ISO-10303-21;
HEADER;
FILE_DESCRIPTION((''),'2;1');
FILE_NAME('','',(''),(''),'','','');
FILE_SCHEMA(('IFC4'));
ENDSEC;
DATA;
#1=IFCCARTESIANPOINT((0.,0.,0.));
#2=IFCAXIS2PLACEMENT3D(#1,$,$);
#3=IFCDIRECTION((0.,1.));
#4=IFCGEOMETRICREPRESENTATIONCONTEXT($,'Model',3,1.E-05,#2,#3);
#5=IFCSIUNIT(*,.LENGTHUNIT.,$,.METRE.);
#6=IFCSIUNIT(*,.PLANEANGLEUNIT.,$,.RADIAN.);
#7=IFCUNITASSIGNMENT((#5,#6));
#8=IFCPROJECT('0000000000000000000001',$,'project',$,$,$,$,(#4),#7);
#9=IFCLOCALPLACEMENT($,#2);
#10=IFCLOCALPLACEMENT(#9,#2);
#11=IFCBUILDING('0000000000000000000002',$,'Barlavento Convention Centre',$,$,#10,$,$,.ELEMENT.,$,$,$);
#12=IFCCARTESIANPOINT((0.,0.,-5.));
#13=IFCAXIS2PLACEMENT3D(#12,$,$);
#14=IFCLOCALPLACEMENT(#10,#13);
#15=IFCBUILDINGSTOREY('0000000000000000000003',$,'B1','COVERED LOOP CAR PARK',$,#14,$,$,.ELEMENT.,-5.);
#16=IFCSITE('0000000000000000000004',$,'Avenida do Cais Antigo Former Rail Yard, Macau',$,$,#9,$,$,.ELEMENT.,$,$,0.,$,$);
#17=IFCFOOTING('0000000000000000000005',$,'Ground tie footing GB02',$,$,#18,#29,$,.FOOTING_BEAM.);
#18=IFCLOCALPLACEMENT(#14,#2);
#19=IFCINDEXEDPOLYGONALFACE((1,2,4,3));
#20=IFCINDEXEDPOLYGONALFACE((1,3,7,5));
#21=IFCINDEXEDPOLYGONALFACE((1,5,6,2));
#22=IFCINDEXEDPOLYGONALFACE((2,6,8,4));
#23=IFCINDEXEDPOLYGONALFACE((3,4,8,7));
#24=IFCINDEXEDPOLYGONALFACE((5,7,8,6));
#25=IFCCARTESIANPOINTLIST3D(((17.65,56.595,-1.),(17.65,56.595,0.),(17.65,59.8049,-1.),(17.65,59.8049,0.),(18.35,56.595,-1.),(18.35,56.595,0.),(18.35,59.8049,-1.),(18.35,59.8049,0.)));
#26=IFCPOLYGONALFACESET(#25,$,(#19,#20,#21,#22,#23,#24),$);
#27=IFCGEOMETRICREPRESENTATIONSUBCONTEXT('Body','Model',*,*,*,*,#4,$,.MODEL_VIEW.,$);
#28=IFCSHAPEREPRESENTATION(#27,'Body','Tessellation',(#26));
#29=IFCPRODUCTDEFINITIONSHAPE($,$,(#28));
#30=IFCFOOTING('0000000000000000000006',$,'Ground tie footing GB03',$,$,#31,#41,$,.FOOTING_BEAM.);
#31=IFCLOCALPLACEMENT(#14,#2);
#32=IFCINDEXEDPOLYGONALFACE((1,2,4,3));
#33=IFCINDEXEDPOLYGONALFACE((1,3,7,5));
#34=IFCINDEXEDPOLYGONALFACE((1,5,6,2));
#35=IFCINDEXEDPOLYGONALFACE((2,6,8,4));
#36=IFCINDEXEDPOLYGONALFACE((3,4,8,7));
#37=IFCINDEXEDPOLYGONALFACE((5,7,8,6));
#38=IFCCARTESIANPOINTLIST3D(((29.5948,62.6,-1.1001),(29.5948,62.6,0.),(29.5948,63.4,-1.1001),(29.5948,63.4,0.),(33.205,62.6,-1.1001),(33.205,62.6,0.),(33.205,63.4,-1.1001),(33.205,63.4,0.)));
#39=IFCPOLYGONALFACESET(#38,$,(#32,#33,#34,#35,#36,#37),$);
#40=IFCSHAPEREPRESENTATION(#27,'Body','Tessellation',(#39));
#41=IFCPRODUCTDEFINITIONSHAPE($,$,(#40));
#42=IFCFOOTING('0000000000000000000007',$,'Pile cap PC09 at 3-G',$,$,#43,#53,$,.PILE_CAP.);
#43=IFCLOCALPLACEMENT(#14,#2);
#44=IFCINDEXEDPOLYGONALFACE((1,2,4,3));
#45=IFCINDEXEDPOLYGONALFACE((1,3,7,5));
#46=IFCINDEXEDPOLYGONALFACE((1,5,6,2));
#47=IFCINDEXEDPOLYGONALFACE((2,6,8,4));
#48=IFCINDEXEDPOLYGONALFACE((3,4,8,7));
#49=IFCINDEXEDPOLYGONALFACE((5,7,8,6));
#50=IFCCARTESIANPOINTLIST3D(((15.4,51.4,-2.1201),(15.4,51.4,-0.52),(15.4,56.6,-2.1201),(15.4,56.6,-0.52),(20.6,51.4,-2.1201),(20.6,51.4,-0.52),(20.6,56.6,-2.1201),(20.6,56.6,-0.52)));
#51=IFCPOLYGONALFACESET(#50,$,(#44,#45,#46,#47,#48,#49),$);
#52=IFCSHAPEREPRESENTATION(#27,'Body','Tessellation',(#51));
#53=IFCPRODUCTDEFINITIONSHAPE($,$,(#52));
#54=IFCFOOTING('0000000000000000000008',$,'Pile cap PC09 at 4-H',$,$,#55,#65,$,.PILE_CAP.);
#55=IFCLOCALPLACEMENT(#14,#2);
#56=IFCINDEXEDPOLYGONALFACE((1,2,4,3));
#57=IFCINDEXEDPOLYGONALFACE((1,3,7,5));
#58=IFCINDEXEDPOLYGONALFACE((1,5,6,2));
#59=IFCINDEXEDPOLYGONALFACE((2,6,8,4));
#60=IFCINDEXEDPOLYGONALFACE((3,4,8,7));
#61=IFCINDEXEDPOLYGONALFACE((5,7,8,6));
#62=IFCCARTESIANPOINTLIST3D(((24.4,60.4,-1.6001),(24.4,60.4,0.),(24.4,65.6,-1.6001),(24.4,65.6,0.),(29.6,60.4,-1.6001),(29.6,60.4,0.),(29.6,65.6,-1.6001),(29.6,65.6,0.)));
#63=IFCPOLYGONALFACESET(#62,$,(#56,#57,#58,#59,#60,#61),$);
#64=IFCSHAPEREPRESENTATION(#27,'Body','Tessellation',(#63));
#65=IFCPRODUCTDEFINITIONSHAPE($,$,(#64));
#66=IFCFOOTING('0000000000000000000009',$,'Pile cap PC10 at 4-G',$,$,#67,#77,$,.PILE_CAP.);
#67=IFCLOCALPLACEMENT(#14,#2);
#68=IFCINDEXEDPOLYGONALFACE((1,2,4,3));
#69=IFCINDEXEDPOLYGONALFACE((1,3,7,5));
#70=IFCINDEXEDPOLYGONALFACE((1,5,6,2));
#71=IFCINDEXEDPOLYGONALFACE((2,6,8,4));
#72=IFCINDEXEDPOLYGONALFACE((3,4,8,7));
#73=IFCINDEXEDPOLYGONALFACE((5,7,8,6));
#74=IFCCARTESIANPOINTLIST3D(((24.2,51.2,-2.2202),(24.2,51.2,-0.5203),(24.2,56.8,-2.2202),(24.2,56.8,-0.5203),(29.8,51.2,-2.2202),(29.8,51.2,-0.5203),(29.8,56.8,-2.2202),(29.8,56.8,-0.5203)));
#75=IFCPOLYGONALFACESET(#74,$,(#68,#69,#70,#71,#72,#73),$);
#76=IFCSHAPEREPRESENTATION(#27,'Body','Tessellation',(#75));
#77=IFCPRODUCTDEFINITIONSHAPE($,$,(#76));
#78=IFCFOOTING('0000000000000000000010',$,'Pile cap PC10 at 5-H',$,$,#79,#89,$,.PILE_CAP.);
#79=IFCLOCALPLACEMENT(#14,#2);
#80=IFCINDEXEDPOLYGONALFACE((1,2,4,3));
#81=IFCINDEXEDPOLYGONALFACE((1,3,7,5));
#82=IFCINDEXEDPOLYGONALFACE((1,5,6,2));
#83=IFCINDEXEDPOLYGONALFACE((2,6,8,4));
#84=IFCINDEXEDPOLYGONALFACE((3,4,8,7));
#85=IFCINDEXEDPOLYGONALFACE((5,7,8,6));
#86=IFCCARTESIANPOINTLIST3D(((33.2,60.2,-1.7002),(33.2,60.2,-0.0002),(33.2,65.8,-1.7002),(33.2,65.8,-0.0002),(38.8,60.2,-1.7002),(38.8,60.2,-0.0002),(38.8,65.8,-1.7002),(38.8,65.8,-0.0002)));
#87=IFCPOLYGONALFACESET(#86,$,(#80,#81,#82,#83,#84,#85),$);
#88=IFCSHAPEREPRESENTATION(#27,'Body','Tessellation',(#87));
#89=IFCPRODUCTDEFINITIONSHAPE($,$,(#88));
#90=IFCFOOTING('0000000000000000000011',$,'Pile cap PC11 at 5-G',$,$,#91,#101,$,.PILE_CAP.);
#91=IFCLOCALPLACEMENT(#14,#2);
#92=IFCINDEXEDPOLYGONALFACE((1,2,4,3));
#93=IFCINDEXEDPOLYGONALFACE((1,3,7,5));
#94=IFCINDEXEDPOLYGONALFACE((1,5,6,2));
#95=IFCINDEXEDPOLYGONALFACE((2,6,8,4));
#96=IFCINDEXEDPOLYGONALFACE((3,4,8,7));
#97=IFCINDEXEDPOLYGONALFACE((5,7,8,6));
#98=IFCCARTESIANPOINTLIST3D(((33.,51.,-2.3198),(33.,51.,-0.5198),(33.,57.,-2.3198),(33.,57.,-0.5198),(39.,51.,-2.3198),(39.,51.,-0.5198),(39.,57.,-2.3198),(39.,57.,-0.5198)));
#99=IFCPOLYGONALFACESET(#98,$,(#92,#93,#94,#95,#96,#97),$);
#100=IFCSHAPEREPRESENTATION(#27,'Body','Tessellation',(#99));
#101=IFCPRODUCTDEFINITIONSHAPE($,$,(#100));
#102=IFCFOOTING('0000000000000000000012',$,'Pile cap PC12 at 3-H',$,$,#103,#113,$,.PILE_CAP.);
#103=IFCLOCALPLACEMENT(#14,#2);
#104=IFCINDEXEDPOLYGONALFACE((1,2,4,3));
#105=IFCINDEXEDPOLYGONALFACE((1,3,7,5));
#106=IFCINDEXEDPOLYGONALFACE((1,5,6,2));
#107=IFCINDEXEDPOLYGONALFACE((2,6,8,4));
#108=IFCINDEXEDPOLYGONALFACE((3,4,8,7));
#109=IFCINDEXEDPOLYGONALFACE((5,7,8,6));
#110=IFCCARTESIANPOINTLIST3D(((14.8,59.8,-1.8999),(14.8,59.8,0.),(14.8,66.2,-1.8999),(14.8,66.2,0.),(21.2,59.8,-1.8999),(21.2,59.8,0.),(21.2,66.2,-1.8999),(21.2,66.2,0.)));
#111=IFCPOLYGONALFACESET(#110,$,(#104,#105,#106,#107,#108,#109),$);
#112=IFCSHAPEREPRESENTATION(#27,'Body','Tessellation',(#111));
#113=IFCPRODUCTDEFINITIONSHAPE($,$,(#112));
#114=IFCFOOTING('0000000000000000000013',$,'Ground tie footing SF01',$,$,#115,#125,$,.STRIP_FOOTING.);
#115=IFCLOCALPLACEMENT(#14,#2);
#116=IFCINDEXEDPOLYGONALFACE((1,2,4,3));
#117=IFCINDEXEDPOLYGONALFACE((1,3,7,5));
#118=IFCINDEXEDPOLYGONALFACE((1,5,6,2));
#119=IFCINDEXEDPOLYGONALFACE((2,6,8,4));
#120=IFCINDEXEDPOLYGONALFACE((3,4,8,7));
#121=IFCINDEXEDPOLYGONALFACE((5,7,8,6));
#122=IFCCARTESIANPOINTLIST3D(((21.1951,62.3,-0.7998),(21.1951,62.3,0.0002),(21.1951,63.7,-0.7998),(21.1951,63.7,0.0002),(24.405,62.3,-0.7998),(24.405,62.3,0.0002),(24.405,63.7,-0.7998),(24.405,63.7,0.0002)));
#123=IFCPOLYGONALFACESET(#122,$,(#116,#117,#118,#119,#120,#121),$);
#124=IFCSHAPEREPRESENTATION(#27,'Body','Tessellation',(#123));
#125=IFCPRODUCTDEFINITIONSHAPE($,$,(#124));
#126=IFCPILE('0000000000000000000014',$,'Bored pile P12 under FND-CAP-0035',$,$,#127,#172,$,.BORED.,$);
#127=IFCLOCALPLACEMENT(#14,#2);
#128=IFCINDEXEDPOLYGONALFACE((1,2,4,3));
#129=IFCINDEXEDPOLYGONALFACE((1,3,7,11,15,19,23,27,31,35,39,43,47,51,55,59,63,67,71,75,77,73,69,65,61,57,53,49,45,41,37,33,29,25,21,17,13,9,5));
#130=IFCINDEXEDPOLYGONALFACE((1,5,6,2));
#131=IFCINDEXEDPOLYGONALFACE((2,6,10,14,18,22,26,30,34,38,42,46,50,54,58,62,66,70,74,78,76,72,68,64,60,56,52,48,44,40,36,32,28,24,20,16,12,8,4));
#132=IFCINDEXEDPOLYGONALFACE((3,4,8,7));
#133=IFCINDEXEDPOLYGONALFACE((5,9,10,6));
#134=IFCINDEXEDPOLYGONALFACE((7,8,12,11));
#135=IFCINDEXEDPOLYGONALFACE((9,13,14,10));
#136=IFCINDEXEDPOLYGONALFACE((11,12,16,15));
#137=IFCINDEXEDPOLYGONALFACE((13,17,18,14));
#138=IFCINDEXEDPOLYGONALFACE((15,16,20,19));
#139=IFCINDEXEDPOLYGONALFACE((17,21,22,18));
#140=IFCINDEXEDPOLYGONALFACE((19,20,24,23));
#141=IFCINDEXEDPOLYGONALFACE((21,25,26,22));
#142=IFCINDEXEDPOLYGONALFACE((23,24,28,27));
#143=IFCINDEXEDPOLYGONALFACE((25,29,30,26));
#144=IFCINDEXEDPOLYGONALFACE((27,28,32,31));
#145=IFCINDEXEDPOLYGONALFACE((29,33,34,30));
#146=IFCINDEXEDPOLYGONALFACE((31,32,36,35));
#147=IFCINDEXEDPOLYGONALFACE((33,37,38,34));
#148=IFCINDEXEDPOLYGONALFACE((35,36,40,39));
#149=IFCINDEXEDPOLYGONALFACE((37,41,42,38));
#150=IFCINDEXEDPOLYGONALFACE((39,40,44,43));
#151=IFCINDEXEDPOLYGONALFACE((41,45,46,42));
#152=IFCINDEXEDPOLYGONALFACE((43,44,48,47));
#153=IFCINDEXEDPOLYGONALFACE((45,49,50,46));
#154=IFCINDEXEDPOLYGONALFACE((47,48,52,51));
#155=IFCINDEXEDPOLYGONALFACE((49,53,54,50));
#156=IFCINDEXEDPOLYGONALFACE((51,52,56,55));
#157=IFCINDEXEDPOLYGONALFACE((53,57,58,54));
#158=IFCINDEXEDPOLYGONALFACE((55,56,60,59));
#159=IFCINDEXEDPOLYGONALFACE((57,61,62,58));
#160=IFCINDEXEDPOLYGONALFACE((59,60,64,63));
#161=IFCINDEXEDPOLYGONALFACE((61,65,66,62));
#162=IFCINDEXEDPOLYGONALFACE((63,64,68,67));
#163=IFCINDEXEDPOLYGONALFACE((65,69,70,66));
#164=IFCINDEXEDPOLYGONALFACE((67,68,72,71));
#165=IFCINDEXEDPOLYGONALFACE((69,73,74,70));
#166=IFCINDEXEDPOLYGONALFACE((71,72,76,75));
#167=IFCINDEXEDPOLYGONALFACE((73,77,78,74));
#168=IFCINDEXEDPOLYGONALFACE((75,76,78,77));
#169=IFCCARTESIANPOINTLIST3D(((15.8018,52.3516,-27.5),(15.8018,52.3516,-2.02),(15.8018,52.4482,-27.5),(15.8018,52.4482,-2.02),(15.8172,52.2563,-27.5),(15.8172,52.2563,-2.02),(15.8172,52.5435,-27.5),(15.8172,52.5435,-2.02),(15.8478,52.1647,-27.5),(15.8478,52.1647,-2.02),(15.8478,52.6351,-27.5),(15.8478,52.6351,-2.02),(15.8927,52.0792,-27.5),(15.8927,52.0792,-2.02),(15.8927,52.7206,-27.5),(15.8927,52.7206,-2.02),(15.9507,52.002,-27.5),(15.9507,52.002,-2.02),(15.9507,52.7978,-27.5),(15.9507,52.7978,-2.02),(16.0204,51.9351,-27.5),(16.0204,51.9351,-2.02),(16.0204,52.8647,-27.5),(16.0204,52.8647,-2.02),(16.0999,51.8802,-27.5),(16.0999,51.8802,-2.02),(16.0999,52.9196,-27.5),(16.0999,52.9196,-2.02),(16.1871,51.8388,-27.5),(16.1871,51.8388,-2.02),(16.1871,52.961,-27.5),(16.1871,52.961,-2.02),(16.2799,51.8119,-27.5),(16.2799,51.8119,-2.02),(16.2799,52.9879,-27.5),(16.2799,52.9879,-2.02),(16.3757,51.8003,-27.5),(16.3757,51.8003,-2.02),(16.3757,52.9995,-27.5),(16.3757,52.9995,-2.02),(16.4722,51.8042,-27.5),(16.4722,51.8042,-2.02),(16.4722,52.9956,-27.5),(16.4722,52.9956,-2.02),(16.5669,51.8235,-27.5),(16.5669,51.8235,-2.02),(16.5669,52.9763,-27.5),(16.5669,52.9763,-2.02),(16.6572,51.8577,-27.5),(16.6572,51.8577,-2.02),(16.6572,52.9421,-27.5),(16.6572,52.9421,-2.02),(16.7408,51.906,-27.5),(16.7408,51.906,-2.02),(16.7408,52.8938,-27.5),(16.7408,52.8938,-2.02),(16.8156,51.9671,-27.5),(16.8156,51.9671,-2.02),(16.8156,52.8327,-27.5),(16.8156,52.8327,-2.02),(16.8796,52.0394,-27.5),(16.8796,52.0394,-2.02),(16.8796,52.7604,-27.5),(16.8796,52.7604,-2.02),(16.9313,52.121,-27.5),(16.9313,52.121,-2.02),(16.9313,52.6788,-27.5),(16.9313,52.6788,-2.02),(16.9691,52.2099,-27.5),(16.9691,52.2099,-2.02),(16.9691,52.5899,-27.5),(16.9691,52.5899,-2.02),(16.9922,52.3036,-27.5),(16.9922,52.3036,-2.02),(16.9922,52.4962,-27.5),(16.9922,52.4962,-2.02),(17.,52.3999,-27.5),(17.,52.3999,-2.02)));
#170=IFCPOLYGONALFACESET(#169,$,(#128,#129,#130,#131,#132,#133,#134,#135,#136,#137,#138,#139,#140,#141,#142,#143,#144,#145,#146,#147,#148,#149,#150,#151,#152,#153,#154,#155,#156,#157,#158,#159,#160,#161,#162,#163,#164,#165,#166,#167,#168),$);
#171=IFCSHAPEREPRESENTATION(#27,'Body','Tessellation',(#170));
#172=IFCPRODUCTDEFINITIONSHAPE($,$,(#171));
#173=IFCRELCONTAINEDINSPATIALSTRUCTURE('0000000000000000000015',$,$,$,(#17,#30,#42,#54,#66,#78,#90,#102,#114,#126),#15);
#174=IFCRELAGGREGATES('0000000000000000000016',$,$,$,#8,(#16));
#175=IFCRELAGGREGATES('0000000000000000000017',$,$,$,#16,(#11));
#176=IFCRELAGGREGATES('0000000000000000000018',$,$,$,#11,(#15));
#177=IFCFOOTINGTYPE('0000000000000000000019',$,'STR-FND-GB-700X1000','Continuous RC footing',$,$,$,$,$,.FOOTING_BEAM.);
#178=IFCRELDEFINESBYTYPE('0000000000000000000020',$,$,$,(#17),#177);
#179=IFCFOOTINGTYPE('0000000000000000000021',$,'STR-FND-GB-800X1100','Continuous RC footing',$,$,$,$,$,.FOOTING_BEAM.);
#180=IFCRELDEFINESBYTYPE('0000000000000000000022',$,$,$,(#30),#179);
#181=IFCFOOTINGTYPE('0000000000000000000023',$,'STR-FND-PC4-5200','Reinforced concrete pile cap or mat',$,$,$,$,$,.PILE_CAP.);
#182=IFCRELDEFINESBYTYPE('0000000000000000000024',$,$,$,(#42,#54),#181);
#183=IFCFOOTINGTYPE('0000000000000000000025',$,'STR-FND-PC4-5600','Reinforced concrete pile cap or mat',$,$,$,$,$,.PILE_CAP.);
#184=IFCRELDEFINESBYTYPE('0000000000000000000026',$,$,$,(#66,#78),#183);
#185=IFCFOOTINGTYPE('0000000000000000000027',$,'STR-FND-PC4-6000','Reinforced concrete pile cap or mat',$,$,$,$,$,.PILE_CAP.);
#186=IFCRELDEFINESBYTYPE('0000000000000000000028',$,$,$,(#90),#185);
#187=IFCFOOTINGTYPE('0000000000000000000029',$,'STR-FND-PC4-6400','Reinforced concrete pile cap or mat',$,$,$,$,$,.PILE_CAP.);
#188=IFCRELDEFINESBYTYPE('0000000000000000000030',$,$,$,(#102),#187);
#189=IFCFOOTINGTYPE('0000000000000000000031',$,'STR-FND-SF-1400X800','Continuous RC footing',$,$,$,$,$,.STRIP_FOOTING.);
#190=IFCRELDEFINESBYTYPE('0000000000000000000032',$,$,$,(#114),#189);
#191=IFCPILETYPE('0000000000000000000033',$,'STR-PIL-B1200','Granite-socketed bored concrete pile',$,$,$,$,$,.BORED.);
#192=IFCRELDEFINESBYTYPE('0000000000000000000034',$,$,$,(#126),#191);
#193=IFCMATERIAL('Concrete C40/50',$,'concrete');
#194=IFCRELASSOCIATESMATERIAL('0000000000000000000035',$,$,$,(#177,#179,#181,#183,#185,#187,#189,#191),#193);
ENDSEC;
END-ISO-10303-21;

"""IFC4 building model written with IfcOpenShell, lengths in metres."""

from ifc_helpers import new_model, si_unit, direction, frame, origin, origin_2d, place, context, subcontext, project, spatial, rectangle, circle, extrude, material, material_profile, profile_set, type_object, element, save


model = new_model("IFC4")

# Units and contexts
model_context = context("Model", 3, precision=1e-05, world=origin(), true_north=direction((0.0, 1.0)))
body_context = subcontext(model_context, "Body", "Model", "MODEL_VIEW")
ifc_project = project(units=[si_unit("LENGTHUNIT", "METRE"), si_unit("PLANEANGLEUNIT", "RADIAN")], contexts=[model_context])

# Site, building, storey
site_placement = place(None, origin())
site = spatial("IfcSite", under=ifc_project, at=site_placement, Name="Avenida do Cais Antigo Former Rail Yard, Macau", CompositionType="ELEMENT", RefElevation=0.0)
building_placement = place(site_placement, origin())
building = spatial("IfcBuilding", under=site, at=building_placement, Name="Barlavento Convention Centre", CompositionType="ELEMENT")
storey_placement = place(building_placement, frame((0.0, 0.0, -5.0)))
storey = spatial("IfcBuildingStorey", under=building, at=storey_placement, Name="B1", Description="COVERED LOOP CAR PARK", CompositionType="ELEMENT", Elevation=-5.0)

# Footings
ifc_material_1 = material(Name="Concrete C40/50", Category="concrete")
footing_type_1 = type_object("IfcFootingType", Name="STR-FND-GB-700X1000", Description="Continuous RC footing", PredefinedType="FOOTING_BEAM", material=ifc_material_1)
footing_1_placement = place(storey_placement, frame((18.0, 58.2, -1.0), z_axis=(0.0, 0.0, 1.0), x_axis=(1.0, 0.0, 0.0)))
element("IfcFooting", 1, at=footing_1_placement, inside=storey, type_object=footing_type_1, Name="Ground tie footing GB02", PredefinedType="FOOTING_BEAM", context=body_context, shape_type="SweptSolid", body=[
    extrude(rectangle(XDim=0.7, YDim=3.21, at=origin_2d()), origin(), (0.0, 0.0, 1.0), 1.0),
])
footing_type_2 = type_object("IfcFootingType", Name="STR-FND-GB-800X1100", Description="Continuous RC footing", PredefinedType="FOOTING_BEAM", material=ifc_material_1)
footing_2_placement = place(storey_placement, frame((31.3999, 63.0, -1.1001), z_axis=(0.0, 0.0, 1.0), x_axis=(1.0, 0.0, 0.0)))
element("IfcFooting", 2, at=footing_2_placement, inside=storey, type_object=footing_type_2, Name="Ground tie footing GB03", PredefinedType="FOOTING_BEAM", context=body_context, shape_type="SweptSolid", body=[
    extrude(rectangle(XDim=3.6101, YDim=0.8, at=origin_2d()), origin(), (0.0, 0.0, 1.0), 1.1001),
])
footing_type_3 = type_object("IfcFootingType", Name="STR-FND-PC4-5200", Description="Reinforced concrete pile cap or mat", PredefinedType="PILE_CAP", material=ifc_material_1)
for number, where, z_axis, x_axis, name in (
    (3, (18.0, 54.0, -2.1201), (0.0, 0.0, 1.0), (1.0, 0.0, 0.0), "Pile cap PC09 at 3-G"),
    (4, (27.0, 63.0, -1.6001), (0.0, 0.0, 1.0), (1.0, 0.0, 0.0), "Pile cap PC09 at 4-H"),
):
    element("IfcFooting", number, at=place(storey_placement, frame(where, z_axis=z_axis, x_axis=x_axis)), inside=storey, type_object=footing_type_3, Name=name, PredefinedType="PILE_CAP", context=body_context, shape_type="SweptSolid", body=[
        extrude(rectangle(XDim=5.2, YDim=5.2, at=origin_2d()), origin(), (0.0, 0.0, 1.0), 1.6001),
    ])
footing_type_4 = type_object("IfcFootingType", Name="STR-FND-PC4-5600", Description="Reinforced concrete pile cap or mat", PredefinedType="PILE_CAP", material=ifc_material_1)
for number, where, z_axis, x_axis, name in (
    (5, (27.0, 54.0, -2.2202), (0.0, 0.0, 1.0), (1.0, 0.0, 0.0), "Pile cap PC10 at 4-G"),
    (6, (36.0, 63.0, -1.7002), (0.0, 0.0, 1.0), (1.0, 0.0, 0.0), "Pile cap PC10 at 5-H"),
):
    element("IfcFooting", number, at=place(storey_placement, frame(where, z_axis=z_axis, x_axis=x_axis)), inside=storey, type_object=footing_type_4, Name=name, PredefinedType="PILE_CAP", context=body_context, shape_type="SweptSolid", body=[
        extrude(rectangle(XDim=5.6001, YDim=5.6001, at=origin_2d()), origin(), (0.0, 0.0, 1.0), 1.7),
    ])
footing_type_5 = type_object("IfcFootingType", Name="STR-FND-PC4-6000", Description="Reinforced concrete pile cap or mat", PredefinedType="PILE_CAP", material=ifc_material_1)
footing_3_placement = place(storey_placement, frame((36.0, 54.0, -2.3198), z_axis=(0.0, 0.0, 1.0), x_axis=(1.0, 0.0, 0.0)))
element("IfcFooting", 7, at=footing_3_placement, inside=storey, type_object=footing_type_5, Name="Pile cap PC11 at 5-G", PredefinedType="PILE_CAP", context=body_context, shape_type="SweptSolid", body=[
    extrude(rectangle(XDim=6.0, YDim=6.0, at=origin_2d()), origin(), (0.0, 0.0, 1.0), 1.8),
])
footing_type_6 = type_object("IfcFootingType", Name="STR-FND-PC4-6400", Description="Reinforced concrete pile cap or mat", PredefinedType="PILE_CAP", material=ifc_material_1)
footing_4_placement = place(storey_placement, frame((18.0, 63.0, -1.8999), z_axis=(0.0, 0.0, 1.0), x_axis=(1.0, 0.0, 0.0)))
element("IfcFooting", 8, at=footing_4_placement, inside=storey, type_object=footing_type_6, Name="Pile cap PC12 at 3-H", PredefinedType="PILE_CAP", context=body_context, shape_type="SweptSolid", body=[
    extrude(rectangle(XDim=6.3999, YDim=6.3999, at=origin_2d()), origin(), (0.0, 0.0, 1.0), 1.8999),
])
footing_type_7 = type_object("IfcFootingType", Name="STR-FND-SF-1400X800", Description="Continuous RC footing", PredefinedType="STRIP_FOOTING", material=ifc_material_1)
footing_5_placement = place(storey_placement, frame((22.8, 63.0, -0.7998), z_axis=(0.0, 0.0, 1.0), x_axis=(1.0, 0.0, 0.0)))
element("IfcFooting", 9, at=footing_5_placement, inside=storey, type_object=footing_type_7, Name="Ground tie footing SF01", PredefinedType="STRIP_FOOTING", context=body_context, shape_type="SweptSolid", body=[
    extrude(rectangle(XDim=3.21, YDim=1.3999, at=origin_2d()), origin(), (0.0, 0.0, 1.0), 0.8),
])

# Pile
ifc_material_profile_1 = material_profile(ifc_material_1, circle(Radius=0.6001, at=origin_2d()), Name="BORED PILE 1200")
ifc_profile_set_1 = profile_set([ifc_material_profile_1], Name="Concrete C40/50")
pile_type_1 = type_object("IfcPileType", Name="STR-PIL-B1200", Description="Granite-socketed bored concrete pile", PredefinedType="BORED", material=ifc_profile_set_1)
for number, where, z_axis, x_axis, name in (
    (10, (16.3999, 52.3999, -2.02), (0.0, 0.0, -1.0), (1.0, 0.0, 0.0), "Bored pile P12 under FND-CAP-0035"),
):
    element("IfcPile", number, at=place(storey_placement, frame(where, z_axis=z_axis, x_axis=x_axis)), inside=storey, type_object=pile_type_1, Name=name, PredefinedType="BORED", context=body_context, shape_type="SweptSolid", body=[
        extrude(circle(Radius=0.6001, at=origin_2d()), origin(), (0.0, 0.0, 1.0), 25.48),
    ])

save(model, "model.ifc")
